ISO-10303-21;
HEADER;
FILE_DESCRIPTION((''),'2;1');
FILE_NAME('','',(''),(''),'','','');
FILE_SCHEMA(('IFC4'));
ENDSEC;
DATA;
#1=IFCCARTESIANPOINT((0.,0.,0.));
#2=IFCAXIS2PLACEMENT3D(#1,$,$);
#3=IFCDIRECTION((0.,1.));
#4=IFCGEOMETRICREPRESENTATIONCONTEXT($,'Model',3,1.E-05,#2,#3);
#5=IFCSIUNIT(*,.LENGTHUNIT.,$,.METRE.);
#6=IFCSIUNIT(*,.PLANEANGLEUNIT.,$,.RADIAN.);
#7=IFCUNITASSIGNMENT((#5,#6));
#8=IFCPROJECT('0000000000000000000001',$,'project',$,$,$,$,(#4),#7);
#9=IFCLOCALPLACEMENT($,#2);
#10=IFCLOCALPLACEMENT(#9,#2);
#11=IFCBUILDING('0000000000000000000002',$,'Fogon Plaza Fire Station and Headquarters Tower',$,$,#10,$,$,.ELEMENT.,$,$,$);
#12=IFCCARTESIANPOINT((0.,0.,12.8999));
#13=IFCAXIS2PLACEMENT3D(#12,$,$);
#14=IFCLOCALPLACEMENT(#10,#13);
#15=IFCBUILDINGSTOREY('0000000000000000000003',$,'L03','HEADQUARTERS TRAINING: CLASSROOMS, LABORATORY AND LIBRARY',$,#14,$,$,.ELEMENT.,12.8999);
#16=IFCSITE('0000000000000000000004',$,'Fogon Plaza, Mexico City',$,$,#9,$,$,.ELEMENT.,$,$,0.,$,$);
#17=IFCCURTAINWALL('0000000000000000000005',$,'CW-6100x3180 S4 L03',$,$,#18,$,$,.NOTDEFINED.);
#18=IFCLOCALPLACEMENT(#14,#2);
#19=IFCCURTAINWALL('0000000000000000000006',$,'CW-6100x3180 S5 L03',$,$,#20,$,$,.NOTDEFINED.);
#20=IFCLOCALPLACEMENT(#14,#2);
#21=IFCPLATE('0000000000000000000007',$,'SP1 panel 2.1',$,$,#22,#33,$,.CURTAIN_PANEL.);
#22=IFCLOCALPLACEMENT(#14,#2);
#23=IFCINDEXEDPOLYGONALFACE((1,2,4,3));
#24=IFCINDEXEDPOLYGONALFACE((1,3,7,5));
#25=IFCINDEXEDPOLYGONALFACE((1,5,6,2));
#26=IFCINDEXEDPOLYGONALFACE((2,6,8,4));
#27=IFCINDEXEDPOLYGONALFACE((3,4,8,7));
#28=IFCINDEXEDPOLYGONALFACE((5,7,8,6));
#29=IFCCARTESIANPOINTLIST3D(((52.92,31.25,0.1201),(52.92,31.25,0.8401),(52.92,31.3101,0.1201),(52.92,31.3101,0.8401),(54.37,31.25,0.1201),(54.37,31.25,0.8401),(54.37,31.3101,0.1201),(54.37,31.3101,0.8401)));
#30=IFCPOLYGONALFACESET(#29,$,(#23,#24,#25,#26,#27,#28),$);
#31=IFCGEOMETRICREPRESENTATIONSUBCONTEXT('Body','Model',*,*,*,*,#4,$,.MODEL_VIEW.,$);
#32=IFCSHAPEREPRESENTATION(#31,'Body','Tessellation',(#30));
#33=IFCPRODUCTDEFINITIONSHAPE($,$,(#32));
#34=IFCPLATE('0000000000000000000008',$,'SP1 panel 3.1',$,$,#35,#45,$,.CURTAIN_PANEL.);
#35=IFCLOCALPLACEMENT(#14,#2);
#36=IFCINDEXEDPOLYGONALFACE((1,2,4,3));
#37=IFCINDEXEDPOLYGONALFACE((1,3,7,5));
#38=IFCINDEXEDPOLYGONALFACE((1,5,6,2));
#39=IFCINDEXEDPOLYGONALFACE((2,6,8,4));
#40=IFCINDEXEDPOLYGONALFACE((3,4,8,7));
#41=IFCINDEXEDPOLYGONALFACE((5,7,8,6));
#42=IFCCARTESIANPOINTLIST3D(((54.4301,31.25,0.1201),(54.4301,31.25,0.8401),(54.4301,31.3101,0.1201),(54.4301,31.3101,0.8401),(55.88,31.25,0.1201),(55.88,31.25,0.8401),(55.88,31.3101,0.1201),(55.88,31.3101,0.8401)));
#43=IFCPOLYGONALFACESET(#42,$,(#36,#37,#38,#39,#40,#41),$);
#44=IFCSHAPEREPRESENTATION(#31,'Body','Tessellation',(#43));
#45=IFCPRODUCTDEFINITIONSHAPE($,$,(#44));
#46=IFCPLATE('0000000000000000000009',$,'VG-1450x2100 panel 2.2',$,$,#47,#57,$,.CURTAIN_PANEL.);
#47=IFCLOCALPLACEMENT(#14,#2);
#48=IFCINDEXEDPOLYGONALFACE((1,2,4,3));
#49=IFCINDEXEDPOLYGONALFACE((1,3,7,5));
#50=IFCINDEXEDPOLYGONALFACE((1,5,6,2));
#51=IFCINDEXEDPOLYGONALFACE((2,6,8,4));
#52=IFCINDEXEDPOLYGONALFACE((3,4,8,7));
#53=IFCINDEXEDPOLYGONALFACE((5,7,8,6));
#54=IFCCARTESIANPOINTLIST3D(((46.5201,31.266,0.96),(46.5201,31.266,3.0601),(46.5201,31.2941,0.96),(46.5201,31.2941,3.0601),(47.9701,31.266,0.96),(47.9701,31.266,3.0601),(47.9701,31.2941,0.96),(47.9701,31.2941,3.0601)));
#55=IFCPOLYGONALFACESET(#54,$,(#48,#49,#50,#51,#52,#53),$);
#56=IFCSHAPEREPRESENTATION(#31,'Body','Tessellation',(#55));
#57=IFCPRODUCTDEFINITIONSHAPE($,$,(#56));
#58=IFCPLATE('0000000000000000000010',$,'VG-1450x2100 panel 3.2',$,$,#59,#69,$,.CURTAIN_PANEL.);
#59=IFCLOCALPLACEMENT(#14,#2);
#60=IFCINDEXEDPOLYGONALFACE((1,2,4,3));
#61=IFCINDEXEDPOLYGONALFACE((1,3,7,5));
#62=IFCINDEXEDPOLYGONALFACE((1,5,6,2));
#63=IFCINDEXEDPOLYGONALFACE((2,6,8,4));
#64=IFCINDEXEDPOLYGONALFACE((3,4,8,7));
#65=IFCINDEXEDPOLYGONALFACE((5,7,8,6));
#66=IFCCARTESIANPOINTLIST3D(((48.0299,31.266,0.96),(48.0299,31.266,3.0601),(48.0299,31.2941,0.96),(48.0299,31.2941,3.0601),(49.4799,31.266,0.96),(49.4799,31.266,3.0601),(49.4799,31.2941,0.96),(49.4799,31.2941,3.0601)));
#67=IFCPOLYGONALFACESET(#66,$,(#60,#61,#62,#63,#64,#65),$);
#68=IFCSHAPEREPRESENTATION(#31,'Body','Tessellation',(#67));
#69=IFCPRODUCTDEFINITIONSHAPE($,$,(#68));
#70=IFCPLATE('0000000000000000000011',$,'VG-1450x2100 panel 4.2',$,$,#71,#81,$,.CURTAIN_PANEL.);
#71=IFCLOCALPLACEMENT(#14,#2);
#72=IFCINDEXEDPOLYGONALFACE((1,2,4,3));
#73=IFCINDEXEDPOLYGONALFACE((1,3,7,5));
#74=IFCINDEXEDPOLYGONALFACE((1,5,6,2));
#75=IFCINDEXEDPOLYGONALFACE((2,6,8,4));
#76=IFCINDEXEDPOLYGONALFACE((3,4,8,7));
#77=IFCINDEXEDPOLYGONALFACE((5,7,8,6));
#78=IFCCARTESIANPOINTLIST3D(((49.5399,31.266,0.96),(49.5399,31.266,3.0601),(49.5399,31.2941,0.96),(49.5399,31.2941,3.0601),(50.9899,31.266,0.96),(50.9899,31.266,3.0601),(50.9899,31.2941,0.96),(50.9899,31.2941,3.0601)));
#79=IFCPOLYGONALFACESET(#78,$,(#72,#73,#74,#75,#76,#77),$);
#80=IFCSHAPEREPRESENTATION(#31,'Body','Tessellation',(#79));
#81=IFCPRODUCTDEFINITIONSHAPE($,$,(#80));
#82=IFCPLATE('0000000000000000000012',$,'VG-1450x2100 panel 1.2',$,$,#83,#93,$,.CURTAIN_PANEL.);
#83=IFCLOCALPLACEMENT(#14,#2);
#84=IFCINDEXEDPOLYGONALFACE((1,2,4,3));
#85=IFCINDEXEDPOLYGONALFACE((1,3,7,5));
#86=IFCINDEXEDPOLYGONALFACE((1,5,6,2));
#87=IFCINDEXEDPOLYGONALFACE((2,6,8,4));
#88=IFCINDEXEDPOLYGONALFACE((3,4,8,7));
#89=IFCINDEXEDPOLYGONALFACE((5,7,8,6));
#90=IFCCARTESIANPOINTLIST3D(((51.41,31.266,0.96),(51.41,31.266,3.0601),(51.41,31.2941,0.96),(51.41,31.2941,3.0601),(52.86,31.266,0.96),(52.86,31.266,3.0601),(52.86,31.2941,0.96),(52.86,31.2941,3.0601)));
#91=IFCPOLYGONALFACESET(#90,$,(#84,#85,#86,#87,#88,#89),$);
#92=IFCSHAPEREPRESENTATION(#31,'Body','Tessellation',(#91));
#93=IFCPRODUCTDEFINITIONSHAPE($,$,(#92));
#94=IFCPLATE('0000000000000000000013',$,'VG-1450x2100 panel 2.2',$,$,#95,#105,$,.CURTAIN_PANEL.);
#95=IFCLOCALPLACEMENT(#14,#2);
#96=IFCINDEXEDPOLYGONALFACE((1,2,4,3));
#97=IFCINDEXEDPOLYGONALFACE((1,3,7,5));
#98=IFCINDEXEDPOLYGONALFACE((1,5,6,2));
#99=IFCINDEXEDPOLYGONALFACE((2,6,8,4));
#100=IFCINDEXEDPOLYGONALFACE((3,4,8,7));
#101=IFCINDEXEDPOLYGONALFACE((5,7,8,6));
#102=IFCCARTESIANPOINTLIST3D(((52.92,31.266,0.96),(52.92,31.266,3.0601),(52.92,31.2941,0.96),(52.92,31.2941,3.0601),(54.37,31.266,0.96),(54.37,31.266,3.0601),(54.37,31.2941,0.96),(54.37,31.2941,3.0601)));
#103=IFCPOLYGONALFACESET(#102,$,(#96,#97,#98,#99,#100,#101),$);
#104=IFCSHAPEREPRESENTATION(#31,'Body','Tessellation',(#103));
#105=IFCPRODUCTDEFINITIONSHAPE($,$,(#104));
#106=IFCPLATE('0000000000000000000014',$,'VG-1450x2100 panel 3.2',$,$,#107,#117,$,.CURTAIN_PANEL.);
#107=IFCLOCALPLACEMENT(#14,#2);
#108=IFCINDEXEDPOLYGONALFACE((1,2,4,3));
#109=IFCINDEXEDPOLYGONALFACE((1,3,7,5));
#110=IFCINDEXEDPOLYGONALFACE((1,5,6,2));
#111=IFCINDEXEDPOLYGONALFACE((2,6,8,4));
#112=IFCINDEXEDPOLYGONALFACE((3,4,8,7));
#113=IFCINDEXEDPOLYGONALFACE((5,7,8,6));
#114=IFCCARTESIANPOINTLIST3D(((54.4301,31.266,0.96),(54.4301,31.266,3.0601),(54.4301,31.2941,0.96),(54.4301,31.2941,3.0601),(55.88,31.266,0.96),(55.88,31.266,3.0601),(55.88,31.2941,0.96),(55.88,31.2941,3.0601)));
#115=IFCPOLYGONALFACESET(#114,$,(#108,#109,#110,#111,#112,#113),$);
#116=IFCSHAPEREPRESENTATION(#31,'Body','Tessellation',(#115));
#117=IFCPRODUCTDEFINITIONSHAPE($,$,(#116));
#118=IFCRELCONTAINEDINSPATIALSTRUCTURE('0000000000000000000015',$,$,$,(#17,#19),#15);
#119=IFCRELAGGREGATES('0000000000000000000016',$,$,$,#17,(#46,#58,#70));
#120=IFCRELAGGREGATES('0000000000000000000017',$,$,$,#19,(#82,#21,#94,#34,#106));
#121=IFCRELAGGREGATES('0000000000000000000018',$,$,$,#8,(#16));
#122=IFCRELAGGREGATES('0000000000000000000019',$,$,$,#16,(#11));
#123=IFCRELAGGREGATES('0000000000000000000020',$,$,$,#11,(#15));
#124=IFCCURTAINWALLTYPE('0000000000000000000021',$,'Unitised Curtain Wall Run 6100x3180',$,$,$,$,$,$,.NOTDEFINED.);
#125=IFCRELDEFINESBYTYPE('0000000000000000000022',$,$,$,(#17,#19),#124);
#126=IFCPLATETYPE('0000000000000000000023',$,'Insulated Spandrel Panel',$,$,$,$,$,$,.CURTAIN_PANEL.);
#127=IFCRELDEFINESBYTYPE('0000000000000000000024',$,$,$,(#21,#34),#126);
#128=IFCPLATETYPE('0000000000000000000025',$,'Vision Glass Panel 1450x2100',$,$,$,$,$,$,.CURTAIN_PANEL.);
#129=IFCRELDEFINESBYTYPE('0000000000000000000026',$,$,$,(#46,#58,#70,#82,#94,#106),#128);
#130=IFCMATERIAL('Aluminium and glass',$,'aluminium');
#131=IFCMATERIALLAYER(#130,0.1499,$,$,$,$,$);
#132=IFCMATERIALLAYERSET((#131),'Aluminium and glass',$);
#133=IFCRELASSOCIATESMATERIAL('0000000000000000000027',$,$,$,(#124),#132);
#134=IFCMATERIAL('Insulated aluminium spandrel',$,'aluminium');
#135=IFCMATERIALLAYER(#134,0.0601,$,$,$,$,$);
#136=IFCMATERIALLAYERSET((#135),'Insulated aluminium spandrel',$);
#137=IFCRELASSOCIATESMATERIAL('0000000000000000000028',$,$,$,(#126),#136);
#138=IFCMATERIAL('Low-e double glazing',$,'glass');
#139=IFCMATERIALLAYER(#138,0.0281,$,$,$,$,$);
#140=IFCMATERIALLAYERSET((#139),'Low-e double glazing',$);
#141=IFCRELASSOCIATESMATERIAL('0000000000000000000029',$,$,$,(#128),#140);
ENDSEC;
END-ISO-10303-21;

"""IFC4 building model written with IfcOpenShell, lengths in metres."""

from ifc_helpers import new_model, si_unit, direction, frame, origin, origin_2d, place, context, subcontext, project, spatial, rectangle, extrude, material, layer, layer_set, type_object, element, aggregate, save


model = new_model("IFC4")

# Units and contexts
model_context = context("Model", 3, precision=1e-05, world=origin(), true_north=direction((0.0, 1.0)))
body_context = subcontext(model_context, "Body", "Model", "MODEL_VIEW")
ifc_project = project(units=[si_unit("LENGTHUNIT", "METRE"), si_unit("PLANEANGLEUNIT", "RADIAN")], contexts=[model_context])

# Site, building, storey
site_placement = place(None, origin())
site = spatial("IfcSite", under=ifc_project, at=site_placement, Name="Fogon Plaza, Mexico City", CompositionType="ELEMENT", RefElevation=0.0)
building_placement = place(site_placement, origin())
building = spatial("IfcBuilding", under=site, at=building_placement, Name="Fogon Plaza Fire Station and Headquarters Tower", CompositionType="ELEMENT")
storey_placement = place(building_placement, frame((0.0, 0.0, 12.8999)))
storey = spatial("IfcBuildingStorey", under=building, at=storey_placement, Name="L03", Description="HEADQUARTERS TRAINING: CLASSROOMS, LABORATORY AND LIBRARY", CompositionType="ELEMENT", Elevation=12.8999)

# Curtain walls
ifc_material_1 = material(Name="Aluminium and glass", Category="aluminium")
ifc_layer_1 = layer(ifc_material_1, 0.1499)
ifc_layer_set_1 = layer_set([ifc_layer_1], Name="Aluminium and glass")
curtain_wall_type = type_object("IfcCurtainWallType", Name="Unitised Curtain Wall Run 6100x3180", PredefinedType="NOTDEFINED", material=ifc_layer_set_1)
curtain_wall_1_placement = place(storey_placement, origin())
curtain_wall_1 = element("IfcCurtainWall", 1, at=curtain_wall_1_placement, inside=storey, type_object=curtain_wall_type, Name="CW-6100x3180 S4 L03", PredefinedType="NOTDEFINED")
curtain_wall_2_placement = place(storey_placement, origin())
curtain_wall_2 = element("IfcCurtainWall", 2, at=curtain_wall_2_placement, inside=storey, type_object=curtain_wall_type, Name="CW-6100x3180 S5 L03", PredefinedType="NOTDEFINED")

# Plates
ifc_material_2 = material(Name="Insulated aluminium spandrel", Category="aluminium")
ifc_layer_2 = layer(ifc_material_2, 0.0601)
ifc_layer_set_2 = layer_set([ifc_layer_2], Name="Insulated aluminium spandrel")
plate_type_1 = type_object("IfcPlateType", Name="Insulated Spandrel Panel", PredefinedType="CURTAIN_PANEL", material=ifc_layer_set_2)
plate_1_placement = place(storey_placement, frame((53.645, 31.28, 0.1201), z_axis=(0.0, 0.0, 1.0), x_axis=(1.0, 0.0, 0.0)))
plate_1 = element("IfcPlate", 3, at=plate_1_placement, type_object=plate_type_1, Name="SP1 panel 2.1", PredefinedType="CURTAIN_PANEL", context=body_context, shape_type="SweptSolid", body=[
    extrude(rectangle(XDim=1.45, YDim=0.0601, at=origin_2d()), origin(), (0.0, 0.0, 1.0), 0.72),
])
plate_2_placement = place(storey_placement, frame((55.155, 31.28, 0.1201), z_axis=(0.0, 0.0, 1.0), x_axis=(1.0, 0.0, 0.0)))
plate_2 = element("IfcPlate", 4, at=plate_2_placement, type_object=plate_type_1, Name="SP1 panel 3.1", PredefinedType="CURTAIN_PANEL", context=body_context, shape_type="SweptSolid", body=[
    extrude(rectangle(XDim=1.45, YDim=0.0601, at=origin_2d()), origin(), (0.0, 0.0, 1.0), 0.72),
])
ifc_material_3 = material(Name="Low-e double glazing", Category="glass")
ifc_layer_3 = layer(ifc_material_3, 0.0281)
ifc_layer_set_3 = layer_set([ifc_layer_3], Name="Low-e double glazing")
plate_type_2 = type_object("IfcPlateType", Name="Vision Glass Panel 1450x2100", PredefinedType="CURTAIN_PANEL", material=ifc_layer_set_3)
plate_3_placement = place(storey_placement, frame((47.2451, 31.28, 0.96), z_axis=(0.0, 0.0, 1.0), x_axis=(1.0, 0.0, 0.0)))
plate_3 = element("IfcPlate", 5, at=plate_3_placement, type_object=plate_type_2, Name="VG-1450x2100 panel 2.2", PredefinedType="CURTAIN_PANEL", context=body_context, shape_type="SweptSolid", body=[
    extrude(rectangle(XDim=1.45, YDim=0.0281, at=origin_2d()), origin(), (0.0, 0.0, 1.0), 2.1001),
])
plate_4_placement = place(storey_placement, frame((48.7549, 31.28, 0.96), z_axis=(0.0, 0.0, 1.0), x_axis=(1.0, 0.0, 0.0)))
plate_4 = element("IfcPlate", 6, at=plate_4_placement, type_object=plate_type_2, Name="VG-1450x2100 panel 3.2", PredefinedType="CURTAIN_PANEL", context=body_context, shape_type="SweptSolid", body=[
    extrude(rectangle(XDim=1.45, YDim=0.0281, at=origin_2d()), origin(), (0.0, 0.0, 1.0), 2.1001),
])
plate_5_placement = place(storey_placement, frame((50.2649, 31.28, 0.96), z_axis=(0.0, 0.0, 1.0), x_axis=(1.0, 0.0, 0.0)))
plate_5 = element("IfcPlate", 7, at=plate_5_placement, type_object=plate_type_2, Name="VG-1450x2100 panel 4.2", PredefinedType="CURTAIN_PANEL", context=body_context, shape_type="SweptSolid", body=[
    extrude(rectangle(XDim=1.45, YDim=0.0281, at=origin_2d()), origin(), (0.0, 0.0, 1.0), 2.1001),
])
aggregate(curtain_wall_1, [plate_3, plate_4, plate_5])
plate_6_placement = place(storey_placement, frame((52.135, 31.28, 0.96), z_axis=(0.0, 0.0, 1.0), x_axis=(1.0, 0.0, 0.0)))
plate_6 = element("IfcPlate", 8, at=plate_6_placement, type_object=plate_type_2, Name="VG-1450x2100 panel 1.2", PredefinedType="CURTAIN_PANEL", context=body_context, shape_type="SweptSolid", body=[
    extrude(rectangle(XDim=1.45, YDim=0.0281, at=origin_2d()), origin(), (0.0, 0.0, 1.0), 2.1001),
])
plate_7_placement = place(storey_placement, frame((53.645, 31.28, 0.96), z_axis=(0.0, 0.0, 1.0), x_axis=(1.0, 0.0, 0.0)))
plate_7 = element("IfcPlate", 9, at=plate_7_placement, type_object=plate_type_2, Name="VG-1450x2100 panel 2.2", PredefinedType="CURTAIN_PANEL", context=body_context, shape_type="SweptSolid", body=[
    extrude(rectangle(XDim=1.45, YDim=0.0281, at=origin_2d()), origin(), (0.0, 0.0, 1.0), 2.1001),
])
plate_8_placement = place(storey_placement, frame((55.155, 31.28, 0.96), z_axis=(0.0, 0.0, 1.0), x_axis=(1.0, 0.0, 0.0)))
plate_8 = element("IfcPlate", 10, at=plate_8_placement, type_object=plate_type_2, Name="VG-1450x2100 panel 3.2", PredefinedType="CURTAIN_PANEL", context=body_context, shape_type="SweptSolid", body=[
    extrude(rectangle(XDim=1.45, YDim=0.0281, at=origin_2d()), origin(), (0.0, 0.0, 1.0), 2.1001),
])
aggregate(curtain_wall_2, [plate_6, plate_1, plate_7, plate_2, plate_8])

save(model, "model.ifc")
